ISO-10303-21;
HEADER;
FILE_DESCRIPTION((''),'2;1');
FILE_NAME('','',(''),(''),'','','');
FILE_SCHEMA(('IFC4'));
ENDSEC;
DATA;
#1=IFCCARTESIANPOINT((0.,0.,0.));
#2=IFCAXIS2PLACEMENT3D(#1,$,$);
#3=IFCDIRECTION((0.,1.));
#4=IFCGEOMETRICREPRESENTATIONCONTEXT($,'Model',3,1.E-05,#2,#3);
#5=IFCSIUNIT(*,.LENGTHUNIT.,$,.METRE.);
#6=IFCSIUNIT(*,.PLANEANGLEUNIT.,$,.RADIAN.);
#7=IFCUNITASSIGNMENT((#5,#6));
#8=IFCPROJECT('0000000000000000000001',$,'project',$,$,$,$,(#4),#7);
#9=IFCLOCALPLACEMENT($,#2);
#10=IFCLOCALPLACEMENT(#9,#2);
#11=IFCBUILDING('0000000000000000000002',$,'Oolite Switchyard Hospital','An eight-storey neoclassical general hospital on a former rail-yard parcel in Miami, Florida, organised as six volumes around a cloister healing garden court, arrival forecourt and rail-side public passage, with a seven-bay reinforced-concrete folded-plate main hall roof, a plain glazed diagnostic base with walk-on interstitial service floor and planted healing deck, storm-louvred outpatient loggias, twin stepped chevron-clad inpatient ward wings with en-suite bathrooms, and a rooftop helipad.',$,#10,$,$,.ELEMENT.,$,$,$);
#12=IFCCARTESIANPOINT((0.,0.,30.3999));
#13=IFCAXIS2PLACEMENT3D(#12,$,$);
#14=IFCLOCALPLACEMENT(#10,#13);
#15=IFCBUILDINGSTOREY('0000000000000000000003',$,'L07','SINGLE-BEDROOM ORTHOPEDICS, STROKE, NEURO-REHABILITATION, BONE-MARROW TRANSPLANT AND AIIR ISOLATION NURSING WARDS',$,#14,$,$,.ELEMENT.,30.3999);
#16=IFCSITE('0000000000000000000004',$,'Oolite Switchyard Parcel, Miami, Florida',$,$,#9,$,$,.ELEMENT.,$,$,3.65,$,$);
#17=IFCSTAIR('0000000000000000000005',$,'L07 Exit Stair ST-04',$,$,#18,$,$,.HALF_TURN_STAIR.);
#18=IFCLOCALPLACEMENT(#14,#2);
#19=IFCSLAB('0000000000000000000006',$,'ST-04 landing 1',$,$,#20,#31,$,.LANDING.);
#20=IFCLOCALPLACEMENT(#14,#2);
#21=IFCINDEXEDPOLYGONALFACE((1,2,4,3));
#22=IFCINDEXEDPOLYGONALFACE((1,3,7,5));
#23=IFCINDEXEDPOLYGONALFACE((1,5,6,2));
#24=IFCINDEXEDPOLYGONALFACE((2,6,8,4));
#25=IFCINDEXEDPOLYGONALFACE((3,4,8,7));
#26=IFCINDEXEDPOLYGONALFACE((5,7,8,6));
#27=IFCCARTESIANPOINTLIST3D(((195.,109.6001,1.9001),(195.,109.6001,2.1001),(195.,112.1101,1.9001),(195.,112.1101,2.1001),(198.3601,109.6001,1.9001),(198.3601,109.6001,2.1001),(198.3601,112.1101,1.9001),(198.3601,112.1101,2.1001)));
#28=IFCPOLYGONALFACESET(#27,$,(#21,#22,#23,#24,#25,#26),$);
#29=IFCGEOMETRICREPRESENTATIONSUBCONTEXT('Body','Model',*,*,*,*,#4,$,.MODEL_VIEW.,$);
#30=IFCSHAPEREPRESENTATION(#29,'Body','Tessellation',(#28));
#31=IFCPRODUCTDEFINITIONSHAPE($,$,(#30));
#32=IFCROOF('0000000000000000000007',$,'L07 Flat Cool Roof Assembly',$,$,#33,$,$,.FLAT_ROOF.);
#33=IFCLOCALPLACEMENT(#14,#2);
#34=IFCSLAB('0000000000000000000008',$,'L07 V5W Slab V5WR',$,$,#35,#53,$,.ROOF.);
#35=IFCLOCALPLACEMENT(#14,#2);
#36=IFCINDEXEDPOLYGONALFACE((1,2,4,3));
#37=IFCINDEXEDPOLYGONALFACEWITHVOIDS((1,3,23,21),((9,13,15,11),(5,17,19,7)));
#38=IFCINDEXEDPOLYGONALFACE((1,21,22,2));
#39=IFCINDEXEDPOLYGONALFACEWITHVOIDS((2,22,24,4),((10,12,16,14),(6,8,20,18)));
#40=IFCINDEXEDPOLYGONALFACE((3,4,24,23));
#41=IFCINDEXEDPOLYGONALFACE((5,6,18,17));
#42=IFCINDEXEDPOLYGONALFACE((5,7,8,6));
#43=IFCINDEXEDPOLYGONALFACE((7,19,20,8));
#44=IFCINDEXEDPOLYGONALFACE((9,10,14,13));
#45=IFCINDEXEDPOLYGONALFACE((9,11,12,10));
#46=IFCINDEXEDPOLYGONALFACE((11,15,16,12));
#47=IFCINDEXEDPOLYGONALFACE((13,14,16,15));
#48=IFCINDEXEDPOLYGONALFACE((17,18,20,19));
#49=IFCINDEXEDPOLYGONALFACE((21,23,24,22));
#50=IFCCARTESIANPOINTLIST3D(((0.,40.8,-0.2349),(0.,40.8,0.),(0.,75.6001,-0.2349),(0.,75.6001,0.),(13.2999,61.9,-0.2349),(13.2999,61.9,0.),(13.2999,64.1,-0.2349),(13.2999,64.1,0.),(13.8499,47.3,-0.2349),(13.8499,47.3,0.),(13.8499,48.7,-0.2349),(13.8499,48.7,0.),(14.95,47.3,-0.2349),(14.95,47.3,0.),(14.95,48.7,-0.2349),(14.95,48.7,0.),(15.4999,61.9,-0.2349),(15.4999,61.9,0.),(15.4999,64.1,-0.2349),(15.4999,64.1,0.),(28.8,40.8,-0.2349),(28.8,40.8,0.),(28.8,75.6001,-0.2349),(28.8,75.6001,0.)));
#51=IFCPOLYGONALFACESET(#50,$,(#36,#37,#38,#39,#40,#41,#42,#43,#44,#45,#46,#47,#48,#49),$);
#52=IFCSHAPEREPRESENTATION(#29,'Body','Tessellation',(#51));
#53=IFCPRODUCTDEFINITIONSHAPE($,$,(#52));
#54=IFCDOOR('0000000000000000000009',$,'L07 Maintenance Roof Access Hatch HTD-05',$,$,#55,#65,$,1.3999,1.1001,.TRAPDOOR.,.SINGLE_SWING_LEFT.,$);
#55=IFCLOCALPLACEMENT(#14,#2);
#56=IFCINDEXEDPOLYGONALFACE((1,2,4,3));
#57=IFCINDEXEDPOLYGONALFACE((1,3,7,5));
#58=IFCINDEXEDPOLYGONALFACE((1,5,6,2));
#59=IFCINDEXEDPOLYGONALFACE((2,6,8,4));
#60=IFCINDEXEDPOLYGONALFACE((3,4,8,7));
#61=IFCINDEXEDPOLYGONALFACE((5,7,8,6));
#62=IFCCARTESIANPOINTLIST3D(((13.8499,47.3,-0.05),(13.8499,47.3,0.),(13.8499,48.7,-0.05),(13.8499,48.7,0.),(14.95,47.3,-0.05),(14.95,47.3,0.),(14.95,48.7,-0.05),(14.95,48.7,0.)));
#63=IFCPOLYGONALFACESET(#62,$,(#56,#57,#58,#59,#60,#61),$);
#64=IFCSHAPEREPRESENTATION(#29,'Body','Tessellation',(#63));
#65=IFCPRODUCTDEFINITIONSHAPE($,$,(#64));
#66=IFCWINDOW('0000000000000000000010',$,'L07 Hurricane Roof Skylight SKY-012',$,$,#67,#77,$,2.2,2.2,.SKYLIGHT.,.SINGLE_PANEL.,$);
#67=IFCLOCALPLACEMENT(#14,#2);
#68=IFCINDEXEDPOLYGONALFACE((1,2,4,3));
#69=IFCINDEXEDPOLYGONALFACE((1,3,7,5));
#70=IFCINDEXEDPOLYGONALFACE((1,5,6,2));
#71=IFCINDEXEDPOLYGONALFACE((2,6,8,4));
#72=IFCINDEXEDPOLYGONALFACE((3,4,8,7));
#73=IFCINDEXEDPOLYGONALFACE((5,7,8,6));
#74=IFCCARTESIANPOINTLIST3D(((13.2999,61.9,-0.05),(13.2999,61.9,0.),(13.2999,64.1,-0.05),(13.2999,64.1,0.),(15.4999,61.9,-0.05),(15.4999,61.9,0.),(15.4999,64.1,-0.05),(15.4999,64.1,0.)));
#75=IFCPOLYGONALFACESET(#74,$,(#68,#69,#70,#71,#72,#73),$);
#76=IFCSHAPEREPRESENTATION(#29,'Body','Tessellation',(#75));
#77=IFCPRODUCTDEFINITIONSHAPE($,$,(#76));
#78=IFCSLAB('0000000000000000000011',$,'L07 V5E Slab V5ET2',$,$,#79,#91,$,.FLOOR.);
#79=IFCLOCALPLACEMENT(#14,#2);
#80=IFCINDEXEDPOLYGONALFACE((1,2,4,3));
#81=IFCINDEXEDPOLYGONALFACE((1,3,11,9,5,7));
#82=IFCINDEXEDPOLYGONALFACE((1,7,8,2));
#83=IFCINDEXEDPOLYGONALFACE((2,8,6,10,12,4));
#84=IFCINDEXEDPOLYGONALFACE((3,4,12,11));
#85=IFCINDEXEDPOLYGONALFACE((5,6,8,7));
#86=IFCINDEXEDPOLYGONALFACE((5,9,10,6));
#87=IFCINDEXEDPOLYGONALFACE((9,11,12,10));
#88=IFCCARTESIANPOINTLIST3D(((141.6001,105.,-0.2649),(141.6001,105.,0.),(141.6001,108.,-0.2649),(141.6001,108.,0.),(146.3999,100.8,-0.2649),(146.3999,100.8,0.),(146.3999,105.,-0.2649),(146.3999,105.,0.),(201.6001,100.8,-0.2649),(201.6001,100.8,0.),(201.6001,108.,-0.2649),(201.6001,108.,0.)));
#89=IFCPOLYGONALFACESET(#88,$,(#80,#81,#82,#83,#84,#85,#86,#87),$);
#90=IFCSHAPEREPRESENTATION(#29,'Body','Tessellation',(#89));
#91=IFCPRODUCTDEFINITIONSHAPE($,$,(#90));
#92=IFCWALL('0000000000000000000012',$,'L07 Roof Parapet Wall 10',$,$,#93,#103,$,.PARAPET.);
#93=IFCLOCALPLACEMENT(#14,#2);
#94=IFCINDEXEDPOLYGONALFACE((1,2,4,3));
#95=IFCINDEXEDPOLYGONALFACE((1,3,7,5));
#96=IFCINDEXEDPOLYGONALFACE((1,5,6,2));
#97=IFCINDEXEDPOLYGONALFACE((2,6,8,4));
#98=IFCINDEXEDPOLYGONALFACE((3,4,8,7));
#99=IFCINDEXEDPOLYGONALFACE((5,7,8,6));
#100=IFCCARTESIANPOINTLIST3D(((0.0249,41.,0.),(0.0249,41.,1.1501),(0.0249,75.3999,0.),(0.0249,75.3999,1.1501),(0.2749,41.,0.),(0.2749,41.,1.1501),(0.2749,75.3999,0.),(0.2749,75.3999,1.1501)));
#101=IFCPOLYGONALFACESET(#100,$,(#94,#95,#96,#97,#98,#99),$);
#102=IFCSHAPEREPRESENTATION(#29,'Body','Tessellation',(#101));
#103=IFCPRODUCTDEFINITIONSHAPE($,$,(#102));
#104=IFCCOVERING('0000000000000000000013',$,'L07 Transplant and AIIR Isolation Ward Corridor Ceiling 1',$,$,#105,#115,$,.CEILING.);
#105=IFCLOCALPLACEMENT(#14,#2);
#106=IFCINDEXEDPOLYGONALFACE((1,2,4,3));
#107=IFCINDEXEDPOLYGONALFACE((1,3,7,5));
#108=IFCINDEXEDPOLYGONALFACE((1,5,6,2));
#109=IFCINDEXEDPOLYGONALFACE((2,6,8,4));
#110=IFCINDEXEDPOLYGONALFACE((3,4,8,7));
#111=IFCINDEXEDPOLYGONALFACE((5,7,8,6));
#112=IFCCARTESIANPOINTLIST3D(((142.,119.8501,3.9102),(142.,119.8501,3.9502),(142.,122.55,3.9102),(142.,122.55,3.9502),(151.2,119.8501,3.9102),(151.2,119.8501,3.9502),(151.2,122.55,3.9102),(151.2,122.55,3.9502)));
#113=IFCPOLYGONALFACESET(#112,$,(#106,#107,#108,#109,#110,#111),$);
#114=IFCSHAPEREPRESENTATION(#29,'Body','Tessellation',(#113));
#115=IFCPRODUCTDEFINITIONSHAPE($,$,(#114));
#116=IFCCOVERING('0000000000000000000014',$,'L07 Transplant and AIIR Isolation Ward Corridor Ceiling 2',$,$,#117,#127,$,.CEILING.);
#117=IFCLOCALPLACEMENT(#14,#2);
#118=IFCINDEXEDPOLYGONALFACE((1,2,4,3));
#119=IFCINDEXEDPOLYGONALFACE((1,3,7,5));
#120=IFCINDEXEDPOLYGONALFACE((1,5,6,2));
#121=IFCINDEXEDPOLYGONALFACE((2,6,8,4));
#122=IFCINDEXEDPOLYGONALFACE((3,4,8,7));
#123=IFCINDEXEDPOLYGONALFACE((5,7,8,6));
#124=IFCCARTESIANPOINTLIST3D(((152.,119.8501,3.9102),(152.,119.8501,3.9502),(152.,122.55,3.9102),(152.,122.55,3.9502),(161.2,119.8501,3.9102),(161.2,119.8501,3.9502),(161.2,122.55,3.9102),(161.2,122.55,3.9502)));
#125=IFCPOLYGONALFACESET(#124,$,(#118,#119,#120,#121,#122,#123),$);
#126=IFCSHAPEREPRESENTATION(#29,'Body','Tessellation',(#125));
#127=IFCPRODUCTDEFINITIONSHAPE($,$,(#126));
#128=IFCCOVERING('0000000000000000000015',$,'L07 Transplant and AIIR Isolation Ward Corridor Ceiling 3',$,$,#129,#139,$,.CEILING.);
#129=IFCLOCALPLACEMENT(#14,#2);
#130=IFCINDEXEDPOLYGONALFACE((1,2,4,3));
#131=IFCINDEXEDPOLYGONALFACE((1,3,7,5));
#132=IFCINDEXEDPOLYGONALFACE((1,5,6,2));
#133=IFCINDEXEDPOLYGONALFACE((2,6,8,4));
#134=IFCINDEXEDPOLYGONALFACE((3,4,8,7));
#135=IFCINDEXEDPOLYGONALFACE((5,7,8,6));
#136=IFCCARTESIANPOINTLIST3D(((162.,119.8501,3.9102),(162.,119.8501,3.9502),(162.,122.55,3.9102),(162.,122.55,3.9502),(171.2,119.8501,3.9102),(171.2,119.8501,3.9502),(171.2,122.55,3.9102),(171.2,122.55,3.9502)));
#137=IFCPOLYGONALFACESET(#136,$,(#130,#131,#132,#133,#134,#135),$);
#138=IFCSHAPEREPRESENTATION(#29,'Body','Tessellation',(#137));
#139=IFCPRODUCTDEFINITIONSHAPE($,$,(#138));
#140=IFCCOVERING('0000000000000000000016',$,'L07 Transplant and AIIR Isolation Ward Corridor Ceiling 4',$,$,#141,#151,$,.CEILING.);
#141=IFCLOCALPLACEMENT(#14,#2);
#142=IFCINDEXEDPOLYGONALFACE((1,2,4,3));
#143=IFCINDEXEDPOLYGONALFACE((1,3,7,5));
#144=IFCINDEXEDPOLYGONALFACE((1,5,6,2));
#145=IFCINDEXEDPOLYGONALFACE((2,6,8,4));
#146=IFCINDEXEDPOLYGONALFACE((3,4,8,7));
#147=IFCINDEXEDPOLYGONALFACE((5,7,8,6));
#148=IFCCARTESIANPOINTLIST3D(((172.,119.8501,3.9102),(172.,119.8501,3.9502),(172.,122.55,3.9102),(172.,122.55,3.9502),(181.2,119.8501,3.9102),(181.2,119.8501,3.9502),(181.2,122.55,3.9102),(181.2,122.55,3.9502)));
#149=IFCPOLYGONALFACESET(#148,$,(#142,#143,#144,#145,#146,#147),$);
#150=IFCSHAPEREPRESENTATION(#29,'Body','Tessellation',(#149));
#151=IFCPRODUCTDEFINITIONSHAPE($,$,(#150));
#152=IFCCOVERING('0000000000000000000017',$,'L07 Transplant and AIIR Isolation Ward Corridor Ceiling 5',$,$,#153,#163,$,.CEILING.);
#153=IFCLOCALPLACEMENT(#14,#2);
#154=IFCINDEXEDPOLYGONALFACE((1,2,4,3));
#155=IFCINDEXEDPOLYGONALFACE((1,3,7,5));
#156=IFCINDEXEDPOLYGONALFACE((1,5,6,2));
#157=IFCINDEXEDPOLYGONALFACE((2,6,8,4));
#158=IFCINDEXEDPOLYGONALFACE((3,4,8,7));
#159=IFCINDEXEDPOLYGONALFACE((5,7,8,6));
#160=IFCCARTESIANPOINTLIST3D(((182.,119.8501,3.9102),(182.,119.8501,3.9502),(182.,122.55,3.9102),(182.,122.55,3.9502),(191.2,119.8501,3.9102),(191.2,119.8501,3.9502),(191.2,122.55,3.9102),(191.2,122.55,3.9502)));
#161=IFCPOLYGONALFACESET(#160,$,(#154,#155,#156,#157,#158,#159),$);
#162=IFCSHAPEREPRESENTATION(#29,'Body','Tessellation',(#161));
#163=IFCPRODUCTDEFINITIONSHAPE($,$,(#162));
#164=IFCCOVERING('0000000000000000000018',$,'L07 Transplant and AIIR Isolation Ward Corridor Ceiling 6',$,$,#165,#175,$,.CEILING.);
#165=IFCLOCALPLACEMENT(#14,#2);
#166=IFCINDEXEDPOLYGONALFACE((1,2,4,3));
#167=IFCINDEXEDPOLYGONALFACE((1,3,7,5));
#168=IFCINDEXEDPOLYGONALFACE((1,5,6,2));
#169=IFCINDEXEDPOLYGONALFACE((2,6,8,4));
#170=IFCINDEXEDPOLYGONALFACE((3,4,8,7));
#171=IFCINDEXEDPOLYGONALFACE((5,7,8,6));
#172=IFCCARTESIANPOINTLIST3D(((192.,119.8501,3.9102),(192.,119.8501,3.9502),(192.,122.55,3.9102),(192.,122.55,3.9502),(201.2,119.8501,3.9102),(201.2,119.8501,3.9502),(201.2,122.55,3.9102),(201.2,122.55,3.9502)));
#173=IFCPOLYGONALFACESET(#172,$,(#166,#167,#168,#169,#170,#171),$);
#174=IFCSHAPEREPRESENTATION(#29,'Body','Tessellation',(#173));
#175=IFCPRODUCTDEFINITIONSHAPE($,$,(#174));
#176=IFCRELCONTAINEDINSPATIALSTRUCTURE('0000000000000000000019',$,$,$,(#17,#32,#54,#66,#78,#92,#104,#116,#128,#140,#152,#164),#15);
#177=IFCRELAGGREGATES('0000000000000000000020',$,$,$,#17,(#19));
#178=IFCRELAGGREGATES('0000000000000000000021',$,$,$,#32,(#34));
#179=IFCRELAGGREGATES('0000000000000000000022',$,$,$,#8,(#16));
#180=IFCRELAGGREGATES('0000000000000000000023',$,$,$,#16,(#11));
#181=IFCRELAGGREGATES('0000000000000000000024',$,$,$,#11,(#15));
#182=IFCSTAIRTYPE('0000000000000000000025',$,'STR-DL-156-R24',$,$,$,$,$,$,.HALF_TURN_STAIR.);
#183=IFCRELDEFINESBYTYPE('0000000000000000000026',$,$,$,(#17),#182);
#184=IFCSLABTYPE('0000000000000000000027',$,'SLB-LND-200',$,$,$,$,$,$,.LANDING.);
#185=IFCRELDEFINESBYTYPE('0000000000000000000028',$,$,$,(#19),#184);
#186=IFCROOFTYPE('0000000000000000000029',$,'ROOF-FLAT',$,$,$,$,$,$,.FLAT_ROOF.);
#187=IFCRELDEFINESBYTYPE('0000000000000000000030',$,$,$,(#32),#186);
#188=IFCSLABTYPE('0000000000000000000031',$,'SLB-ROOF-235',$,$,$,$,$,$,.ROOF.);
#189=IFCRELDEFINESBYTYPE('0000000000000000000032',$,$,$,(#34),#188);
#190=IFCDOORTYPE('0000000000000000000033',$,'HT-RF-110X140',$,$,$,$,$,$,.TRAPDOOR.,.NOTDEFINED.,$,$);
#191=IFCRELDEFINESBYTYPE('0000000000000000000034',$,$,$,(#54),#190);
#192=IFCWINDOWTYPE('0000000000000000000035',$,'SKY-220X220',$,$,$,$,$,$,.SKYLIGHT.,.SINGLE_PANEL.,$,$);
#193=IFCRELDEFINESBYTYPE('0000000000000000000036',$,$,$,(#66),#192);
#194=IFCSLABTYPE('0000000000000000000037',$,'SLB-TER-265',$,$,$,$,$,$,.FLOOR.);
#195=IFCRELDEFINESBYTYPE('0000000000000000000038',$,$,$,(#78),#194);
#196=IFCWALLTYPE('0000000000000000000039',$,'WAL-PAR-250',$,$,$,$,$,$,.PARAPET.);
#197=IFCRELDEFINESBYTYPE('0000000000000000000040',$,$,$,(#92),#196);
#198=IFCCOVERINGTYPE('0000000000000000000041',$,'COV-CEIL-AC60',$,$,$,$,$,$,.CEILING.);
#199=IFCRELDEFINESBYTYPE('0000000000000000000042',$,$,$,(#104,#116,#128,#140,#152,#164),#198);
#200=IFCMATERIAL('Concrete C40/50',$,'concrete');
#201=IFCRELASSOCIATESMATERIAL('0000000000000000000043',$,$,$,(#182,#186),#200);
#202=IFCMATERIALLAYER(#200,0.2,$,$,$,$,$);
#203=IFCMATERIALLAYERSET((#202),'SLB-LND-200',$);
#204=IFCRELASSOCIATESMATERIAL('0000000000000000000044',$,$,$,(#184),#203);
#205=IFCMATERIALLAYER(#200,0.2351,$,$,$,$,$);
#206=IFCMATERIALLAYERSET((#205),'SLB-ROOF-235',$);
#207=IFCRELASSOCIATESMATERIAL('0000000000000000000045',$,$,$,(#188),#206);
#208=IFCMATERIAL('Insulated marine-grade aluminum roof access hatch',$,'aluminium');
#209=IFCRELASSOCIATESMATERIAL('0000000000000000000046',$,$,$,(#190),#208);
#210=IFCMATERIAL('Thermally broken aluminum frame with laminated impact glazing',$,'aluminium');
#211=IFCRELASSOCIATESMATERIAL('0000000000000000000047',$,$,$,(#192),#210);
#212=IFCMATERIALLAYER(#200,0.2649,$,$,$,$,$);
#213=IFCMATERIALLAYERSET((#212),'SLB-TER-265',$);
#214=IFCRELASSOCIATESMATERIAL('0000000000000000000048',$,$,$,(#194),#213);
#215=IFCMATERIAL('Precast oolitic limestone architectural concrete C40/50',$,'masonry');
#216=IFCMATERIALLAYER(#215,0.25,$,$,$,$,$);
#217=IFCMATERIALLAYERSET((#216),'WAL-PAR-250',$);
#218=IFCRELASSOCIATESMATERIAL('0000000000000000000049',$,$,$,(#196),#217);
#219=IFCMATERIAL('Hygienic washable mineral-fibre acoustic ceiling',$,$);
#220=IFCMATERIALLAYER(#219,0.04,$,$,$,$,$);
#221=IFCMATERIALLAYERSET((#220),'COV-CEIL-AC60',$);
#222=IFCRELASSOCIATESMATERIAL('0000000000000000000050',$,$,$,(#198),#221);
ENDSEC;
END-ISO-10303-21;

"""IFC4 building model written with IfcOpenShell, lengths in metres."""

from ifc_helpers import new_model, si_unit, direction, frame, frame_2d, origin, origin_2d, place, context, subcontext, project, spatial, polyline, rectangle, outline, extrude, material, layer, layer_set, type_object, element, fill, aggregate, save


model = new_model("IFC4")

# Units and contexts
model_context = context("Model", 3, precision=1e-05, world=origin(), true_north=direction((0.0, 1.0)))
body_context = subcontext(model_context, "Body", "Model", "MODEL_VIEW")
ifc_project = project(units=[si_unit("LENGTHUNIT", "METRE"), si_unit("PLANEANGLEUNIT", "RADIAN")], contexts=[model_context])

# Site, building, storey
site_placement = place(None, origin())
site = spatial("IfcSite", under=ifc_project, at=site_placement, Name="Oolite Switchyard Parcel, Miami, Florida", CompositionType="ELEMENT", RefElevation=3.65)
building_placement = place(site_placement, origin())
building = spatial("IfcBuilding", under=site, at=building_placement, Name="Oolite Switchyard Hospital", Description="An eight-storey neoclassical general hospital on a former rail-yard parcel in Miami, Florida, organised as six volumes around a cloister healing garden court, arrival forecourt and rail-side public passage, with a seven-bay reinforced-concrete folded-plate main hall roof, a plain glazed diagnostic base with walk-on interstitial service floor and planted healing deck, storm-louvred outpatient loggias, twin stepped chevron-clad inpatient ward wings with en-suite bathrooms, and a rooftop helipad.", CompositionType="ELEMENT")
storey_placement = place(building_placement, frame((0.0, 0.0, 30.3999)))
storey = spatial("IfcBuildingStorey", under=building, at=storey_placement, Name="L07", Description="SINGLE-BEDROOM ORTHOPEDICS, STROKE, NEURO-REHABILITATION, BONE-MARROW TRANSPLANT AND AIIR ISOLATION NURSING WARDS", CompositionType="ELEMENT", Elevation=30.3999)

# Shared definitions
ifc_material_1 = material(Name="Concrete C40/50", Category="concrete")

# Stair, slab
stair_type = type_object("IfcStairType", Name="STR-DL-156-R24", PredefinedType="HALF_TURN_STAIR", material=ifc_material_1)
ifc_layer_1 = layer(ifc_material_1, 0.2)
ifc_layer_set_1 = layer_set([ifc_layer_1], Name="SLB-LND-200")
slab_type_1 = type_object("IfcSlabType", Name="SLB-LND-200", PredefinedType="LANDING", material=ifc_layer_set_1)
stair_1_placement = place(storey_placement, origin())
stair_1 = element("IfcStair", 1, at=stair_1_placement, inside=storey, type_object=stair_type, Name="L07 Exit Stair ST-04", PredefinedType="HALF_TURN_STAIR")
slab_1_placement = place(storey_placement, frame((0.0, 0.0, 1.9001)))
slab_1 = element("IfcSlab", 2, at=slab_1_placement, type_object=slab_type_1, Name="ST-04 landing 1", PredefinedType="LANDING", context=body_context, shape_type="SweptSolid", body=[
    extrude(outline(polyline([(195.0, 112.1101), (195.0, 109.6001), (198.3601, 109.6001), (198.3601, 112.1101), (195.0, 112.1101)])), origin(), (0.0, 0.0, 1.0), 0.2),
])
aggregate(stair_1, [slab_1])

# Roof, slab, openings, door, window
roof_type = type_object("IfcRoofType", Name="ROOF-FLAT", PredefinedType="FLAT_ROOF", material=ifc_material_1)
roof_placement = place(storey_placement, origin())
roof = element("IfcRoof", 3, at=roof_placement, inside=storey, type_object=roof_type, Name="L07 Flat Cool Roof Assembly", PredefinedType="FLAT_ROOF")
ifc_layer_2 = layer(ifc_material_1, 0.2351)
ifc_layer_set_2 = layer_set([ifc_layer_2], Name="SLB-ROOF-235")
slab_type_2 = type_object("IfcSlabType", Name="SLB-ROOF-235", PredefinedType="ROOF", material=ifc_layer_set_2)
slab_2_placement = place(storey_placement, frame((0.0, 0.0, -0.2349)))
slab_2 = element("IfcSlab", 4, at=slab_2_placement, type_object=slab_type_2, Name="L07 V5W Slab V5WR", PredefinedType="ROOF", context=body_context, shape_type="SweptSolid", body=[
    extrude(outline(polyline([(0.0, 40.8), (28.8, 40.8), (28.8, 75.6001), (0.0, 75.6001), (0.0, 40.8)])), origin(), (0.0, 0.0, 1.0), 0.2349),
])
opening_1_placement = place(slab_2_placement, frame((14.3999, 63.0, 0.0)))
opening_1 = element("IfcOpeningElement", 5, at=opening_1_placement, cuts=slab_2, PredefinedType="OPENING", context=body_context, shape_type="SweptSolid", body=[
    extrude(rectangle(XDim=2.2, YDim=2.2, at=origin_2d()), frame((0.0, 0.0, -0.01), z_axis=(0.0, 0.0, 1.0), x_axis=(1.0, 0.0, 0.0)), (0.0, 0.0, 1.0), 0.2549),
])
opening_2_placement = place(slab_2_placement, frame((14.3999, 48.0, 0.0)))
opening_2 = element("IfcOpeningElement", 6, at=opening_2_placement, cuts=slab_2, PredefinedType="OPENING", context=body_context, shape_type="SweptSolid", body=[
    extrude(rectangle(XDim=1.1001, YDim=1.3999, at=origin_2d()), frame((0.0, 0.0, -0.01), z_axis=(0.0, 0.0, 1.0), x_axis=(1.0, 0.0, 0.0)), (0.0, 0.0, 1.0), 0.2549),
])
ifc_material_2 = material(Name="Insulated marine-grade aluminum roof access hatch", Category="aluminium")
door_type = type_object("IfcDoorType", Name="HT-RF-110X140", OperationType="NOTDEFINED", PredefinedType="TRAPDOOR", material=ifc_material_2)
door_placement = place(opening_2_placement, frame((0.0, 0.0, 0.1848)))
door = element("IfcDoor", 7, at=door_placement, inside=storey, type_object=door_type, Name="L07 Maintenance Roof Access Hatch HTD-05", OperationType="SINGLE_SWING_LEFT", OverallHeight=1.3999, OverallWidth=1.1001, PredefinedType="TRAPDOOR", context=body_context, shape_type="SweptSolid", body=[
    extrude(rectangle(XDim=1.1001, YDim=1.3999, at=origin_2d()), origin(), (0.0, 0.0, 1.0), 0.05),
])
fill(opening_2, door)
ifc_material_3 = material(Name="Thermally broken aluminum frame with laminated impact glazing", Category="aluminium")
window_type = type_object("IfcWindowType", Name="SKY-220X220", PartitioningType="SINGLE_PANEL", PredefinedType="SKYLIGHT", material=ifc_material_3)
window_placement = place(opening_1_placement, frame((0.0, 0.0, 0.1848)))
window = element("IfcWindow", 8, at=window_placement, inside=storey, type_object=window_type, Name="L07 Hurricane Roof Skylight SKY-012", OverallHeight=2.2, OverallWidth=2.2, PartitioningType="SINGLE_PANEL", PredefinedType="SKYLIGHT", context=body_context, shape_type="SweptSolid", body=[
    extrude(rectangle(XDim=2.2, YDim=2.2, at=origin_2d()), origin(), (0.0, 0.0, 1.0), 0.05),
])
fill(opening_1, window)
aggregate(roof, [slab_2])

# Slab
ifc_layer_3 = layer(ifc_material_1, 0.2649)
ifc_layer_set_3 = layer_set([ifc_layer_3], Name="SLB-TER-265")
slab_type_3 = type_object("IfcSlabType", Name="SLB-TER-265", PredefinedType="FLOOR", material=ifc_layer_set_3)
slab_3_placement = place(storey_placement, frame((0.0, 0.0, -0.2649)))
element("IfcSlab", 9, at=slab_3_placement, inside=storey, type_object=slab_type_3, Name="L07 V5E Slab V5ET2", PredefinedType="FLOOR", context=body_context, shape_type="SweptSolid", body=[
    extrude(outline(polyline([(146.3999, 100.8), (201.6001, 100.8), (201.6001, 108.0), (141.6001, 108.0), (141.6001, 105.0), (146.3999, 105.0), (146.3999, 100.8)])), origin(), (0.0, 0.0, 1.0), 0.2649),
])

# Wall
ifc_material_4 = material(Name="Precast oolitic limestone architectural concrete C40/50", Category="masonry")
ifc_layer_4 = layer(ifc_material_4, 0.25)
ifc_layer_set_4 = layer_set([ifc_layer_4], Name="WAL-PAR-250")
wall_type = type_object("IfcWallType", Name="WAL-PAR-250", PredefinedType="PARAPET", material=ifc_layer_set_4)
wall_placement = place(storey_placement, frame((0.1499, 41.0, 0.0), z_axis=(0.0, 0.0, 1.0), x_axis=(0.0, 1.0, 0.0)))
element("IfcWall", 10, at=wall_placement, inside=storey, type_object=wall_type, Name="L07 Roof Parapet Wall 10", PredefinedType="PARAPET", context=body_context, shape_type="SweptSolid", body=[
    extrude(rectangle(XDim=34.3999, YDim=0.25, at=frame_2d((17.2, 0.0))), origin(), (0.0, 0.0, 1.0), 1.1501),
])

# Coverings
ifc_material_5 = material(Name="Hygienic washable mineral-fibre acoustic ceiling")
ifc_layer_5 = layer(ifc_material_5, 0.04)
ifc_layer_set_5 = layer_set([ifc_layer_5], Name="COV-CEIL-AC60")
covering_type_1 = type_object("IfcCoveringType", Name="COV-CEIL-AC60", PredefinedType="CEILING", material=ifc_layer_set_5)
covering_1_placement = place(storey_placement, frame((0.0, 0.0, 3.9102)))
element("IfcCovering", 11, at=covering_1_placement, inside=storey, type_object=covering_type_1, Name="L07 Transplant and AIIR Isolation Ward Corridor Ceiling 1", PredefinedType="CEILING", context=body_context, shape_type="SweptSolid", body=[
    extrude(outline(polyline([(142.0, 119.8501), (151.2, 119.8501), (151.2, 122.55), (142.0, 122.55), (142.0, 119.8501)])), origin(), (0.0, 0.0, 1.0), 0.04),
])
covering_2_placement = place(storey_placement, frame((0.0, 0.0, 3.9102)))
element("IfcCovering", 12, at=covering_2_placement, inside=storey, type_object=covering_type_1, Name="L07 Transplant and AIIR Isolation Ward Corridor Ceiling 2", PredefinedType="CEILING", context=body_context, shape_type="SweptSolid", body=[
    extrude(outline(polyline([(152.0, 119.8501), (161.2, 119.8501), (161.2, 122.55), (152.0, 122.55), (152.0, 119.8501)])), origin(), (0.0, 0.0, 1.0), 0.04),
])
covering_3_placement = place(storey_placement, frame((0.0, 0.0, 3.9102)))
element("IfcCovering", 13, at=covering_3_placement, inside=storey, type_object=covering_type_1, Name="L07 Transplant and AIIR Isolation Ward Corridor Ceiling 3", PredefinedType="CEILING", context=body_context, shape_type="SweptSolid", body=[
    extrude(outline(polyline([(162.0, 119.8501), (171.2, 119.8501), (171.2, 122.55), (162.0, 122.55), (162.0, 119.8501)])), origin(), (0.0, 0.0, 1.0), 0.04),
])
covering_4_placement = place(storey_placement, frame((0.0, 0.0, 3.9102)))
element("IfcCovering", 14, at=covering_4_placement, inside=storey, type_object=covering_type_1, Name="L07 Transplant and AIIR Isolation Ward Corridor Ceiling 4", PredefinedType="CEILING", context=body_context, shape_type="SweptSolid", body=[
    extrude(outline(polyline([(172.0, 119.8501), (181.2, 119.8501), (181.2, 122.55), (172.0, 122.55), (172.0, 119.8501)])), origin(), (0.0, 0.0, 1.0), 0.04),
])
covering_5_placement = place(storey_placement, frame((0.0, 0.0, 3.9102)))
element("IfcCovering", 15, at=covering_5_placement, inside=storey, type_object=covering_type_1, Name="L07 Transplant and AIIR Isolation Ward Corridor Ceiling 5", PredefinedType="CEILING", context=body_context, shape_type="SweptSolid", body=[
    extrude(outline(polyline([(182.0, 119.8501), (191.2, 119.8501), (191.2, 122.55), (182.0, 122.55), (182.0, 119.8501)])), origin(), (0.0, 0.0, 1.0), 0.04),
])
covering_6_placement = place(storey_placement, frame((0.0, 0.0, 3.9102)))
element("IfcCovering", 16, at=covering_6_placement, inside=storey, type_object=covering_type_1, Name="L07 Transplant and AIIR Isolation Ward Corridor Ceiling 6", PredefinedType="CEILING", context=body_context, shape_type="SweptSolid", body=[
    extrude(outline(polyline([(192.0, 119.8501), (201.2, 119.8501), (201.2, 122.55), (192.0, 122.55), (192.0, 119.8501)])), origin(), (0.0, 0.0, 1.0), 0.04),
])

save(model, "model.ifc")
